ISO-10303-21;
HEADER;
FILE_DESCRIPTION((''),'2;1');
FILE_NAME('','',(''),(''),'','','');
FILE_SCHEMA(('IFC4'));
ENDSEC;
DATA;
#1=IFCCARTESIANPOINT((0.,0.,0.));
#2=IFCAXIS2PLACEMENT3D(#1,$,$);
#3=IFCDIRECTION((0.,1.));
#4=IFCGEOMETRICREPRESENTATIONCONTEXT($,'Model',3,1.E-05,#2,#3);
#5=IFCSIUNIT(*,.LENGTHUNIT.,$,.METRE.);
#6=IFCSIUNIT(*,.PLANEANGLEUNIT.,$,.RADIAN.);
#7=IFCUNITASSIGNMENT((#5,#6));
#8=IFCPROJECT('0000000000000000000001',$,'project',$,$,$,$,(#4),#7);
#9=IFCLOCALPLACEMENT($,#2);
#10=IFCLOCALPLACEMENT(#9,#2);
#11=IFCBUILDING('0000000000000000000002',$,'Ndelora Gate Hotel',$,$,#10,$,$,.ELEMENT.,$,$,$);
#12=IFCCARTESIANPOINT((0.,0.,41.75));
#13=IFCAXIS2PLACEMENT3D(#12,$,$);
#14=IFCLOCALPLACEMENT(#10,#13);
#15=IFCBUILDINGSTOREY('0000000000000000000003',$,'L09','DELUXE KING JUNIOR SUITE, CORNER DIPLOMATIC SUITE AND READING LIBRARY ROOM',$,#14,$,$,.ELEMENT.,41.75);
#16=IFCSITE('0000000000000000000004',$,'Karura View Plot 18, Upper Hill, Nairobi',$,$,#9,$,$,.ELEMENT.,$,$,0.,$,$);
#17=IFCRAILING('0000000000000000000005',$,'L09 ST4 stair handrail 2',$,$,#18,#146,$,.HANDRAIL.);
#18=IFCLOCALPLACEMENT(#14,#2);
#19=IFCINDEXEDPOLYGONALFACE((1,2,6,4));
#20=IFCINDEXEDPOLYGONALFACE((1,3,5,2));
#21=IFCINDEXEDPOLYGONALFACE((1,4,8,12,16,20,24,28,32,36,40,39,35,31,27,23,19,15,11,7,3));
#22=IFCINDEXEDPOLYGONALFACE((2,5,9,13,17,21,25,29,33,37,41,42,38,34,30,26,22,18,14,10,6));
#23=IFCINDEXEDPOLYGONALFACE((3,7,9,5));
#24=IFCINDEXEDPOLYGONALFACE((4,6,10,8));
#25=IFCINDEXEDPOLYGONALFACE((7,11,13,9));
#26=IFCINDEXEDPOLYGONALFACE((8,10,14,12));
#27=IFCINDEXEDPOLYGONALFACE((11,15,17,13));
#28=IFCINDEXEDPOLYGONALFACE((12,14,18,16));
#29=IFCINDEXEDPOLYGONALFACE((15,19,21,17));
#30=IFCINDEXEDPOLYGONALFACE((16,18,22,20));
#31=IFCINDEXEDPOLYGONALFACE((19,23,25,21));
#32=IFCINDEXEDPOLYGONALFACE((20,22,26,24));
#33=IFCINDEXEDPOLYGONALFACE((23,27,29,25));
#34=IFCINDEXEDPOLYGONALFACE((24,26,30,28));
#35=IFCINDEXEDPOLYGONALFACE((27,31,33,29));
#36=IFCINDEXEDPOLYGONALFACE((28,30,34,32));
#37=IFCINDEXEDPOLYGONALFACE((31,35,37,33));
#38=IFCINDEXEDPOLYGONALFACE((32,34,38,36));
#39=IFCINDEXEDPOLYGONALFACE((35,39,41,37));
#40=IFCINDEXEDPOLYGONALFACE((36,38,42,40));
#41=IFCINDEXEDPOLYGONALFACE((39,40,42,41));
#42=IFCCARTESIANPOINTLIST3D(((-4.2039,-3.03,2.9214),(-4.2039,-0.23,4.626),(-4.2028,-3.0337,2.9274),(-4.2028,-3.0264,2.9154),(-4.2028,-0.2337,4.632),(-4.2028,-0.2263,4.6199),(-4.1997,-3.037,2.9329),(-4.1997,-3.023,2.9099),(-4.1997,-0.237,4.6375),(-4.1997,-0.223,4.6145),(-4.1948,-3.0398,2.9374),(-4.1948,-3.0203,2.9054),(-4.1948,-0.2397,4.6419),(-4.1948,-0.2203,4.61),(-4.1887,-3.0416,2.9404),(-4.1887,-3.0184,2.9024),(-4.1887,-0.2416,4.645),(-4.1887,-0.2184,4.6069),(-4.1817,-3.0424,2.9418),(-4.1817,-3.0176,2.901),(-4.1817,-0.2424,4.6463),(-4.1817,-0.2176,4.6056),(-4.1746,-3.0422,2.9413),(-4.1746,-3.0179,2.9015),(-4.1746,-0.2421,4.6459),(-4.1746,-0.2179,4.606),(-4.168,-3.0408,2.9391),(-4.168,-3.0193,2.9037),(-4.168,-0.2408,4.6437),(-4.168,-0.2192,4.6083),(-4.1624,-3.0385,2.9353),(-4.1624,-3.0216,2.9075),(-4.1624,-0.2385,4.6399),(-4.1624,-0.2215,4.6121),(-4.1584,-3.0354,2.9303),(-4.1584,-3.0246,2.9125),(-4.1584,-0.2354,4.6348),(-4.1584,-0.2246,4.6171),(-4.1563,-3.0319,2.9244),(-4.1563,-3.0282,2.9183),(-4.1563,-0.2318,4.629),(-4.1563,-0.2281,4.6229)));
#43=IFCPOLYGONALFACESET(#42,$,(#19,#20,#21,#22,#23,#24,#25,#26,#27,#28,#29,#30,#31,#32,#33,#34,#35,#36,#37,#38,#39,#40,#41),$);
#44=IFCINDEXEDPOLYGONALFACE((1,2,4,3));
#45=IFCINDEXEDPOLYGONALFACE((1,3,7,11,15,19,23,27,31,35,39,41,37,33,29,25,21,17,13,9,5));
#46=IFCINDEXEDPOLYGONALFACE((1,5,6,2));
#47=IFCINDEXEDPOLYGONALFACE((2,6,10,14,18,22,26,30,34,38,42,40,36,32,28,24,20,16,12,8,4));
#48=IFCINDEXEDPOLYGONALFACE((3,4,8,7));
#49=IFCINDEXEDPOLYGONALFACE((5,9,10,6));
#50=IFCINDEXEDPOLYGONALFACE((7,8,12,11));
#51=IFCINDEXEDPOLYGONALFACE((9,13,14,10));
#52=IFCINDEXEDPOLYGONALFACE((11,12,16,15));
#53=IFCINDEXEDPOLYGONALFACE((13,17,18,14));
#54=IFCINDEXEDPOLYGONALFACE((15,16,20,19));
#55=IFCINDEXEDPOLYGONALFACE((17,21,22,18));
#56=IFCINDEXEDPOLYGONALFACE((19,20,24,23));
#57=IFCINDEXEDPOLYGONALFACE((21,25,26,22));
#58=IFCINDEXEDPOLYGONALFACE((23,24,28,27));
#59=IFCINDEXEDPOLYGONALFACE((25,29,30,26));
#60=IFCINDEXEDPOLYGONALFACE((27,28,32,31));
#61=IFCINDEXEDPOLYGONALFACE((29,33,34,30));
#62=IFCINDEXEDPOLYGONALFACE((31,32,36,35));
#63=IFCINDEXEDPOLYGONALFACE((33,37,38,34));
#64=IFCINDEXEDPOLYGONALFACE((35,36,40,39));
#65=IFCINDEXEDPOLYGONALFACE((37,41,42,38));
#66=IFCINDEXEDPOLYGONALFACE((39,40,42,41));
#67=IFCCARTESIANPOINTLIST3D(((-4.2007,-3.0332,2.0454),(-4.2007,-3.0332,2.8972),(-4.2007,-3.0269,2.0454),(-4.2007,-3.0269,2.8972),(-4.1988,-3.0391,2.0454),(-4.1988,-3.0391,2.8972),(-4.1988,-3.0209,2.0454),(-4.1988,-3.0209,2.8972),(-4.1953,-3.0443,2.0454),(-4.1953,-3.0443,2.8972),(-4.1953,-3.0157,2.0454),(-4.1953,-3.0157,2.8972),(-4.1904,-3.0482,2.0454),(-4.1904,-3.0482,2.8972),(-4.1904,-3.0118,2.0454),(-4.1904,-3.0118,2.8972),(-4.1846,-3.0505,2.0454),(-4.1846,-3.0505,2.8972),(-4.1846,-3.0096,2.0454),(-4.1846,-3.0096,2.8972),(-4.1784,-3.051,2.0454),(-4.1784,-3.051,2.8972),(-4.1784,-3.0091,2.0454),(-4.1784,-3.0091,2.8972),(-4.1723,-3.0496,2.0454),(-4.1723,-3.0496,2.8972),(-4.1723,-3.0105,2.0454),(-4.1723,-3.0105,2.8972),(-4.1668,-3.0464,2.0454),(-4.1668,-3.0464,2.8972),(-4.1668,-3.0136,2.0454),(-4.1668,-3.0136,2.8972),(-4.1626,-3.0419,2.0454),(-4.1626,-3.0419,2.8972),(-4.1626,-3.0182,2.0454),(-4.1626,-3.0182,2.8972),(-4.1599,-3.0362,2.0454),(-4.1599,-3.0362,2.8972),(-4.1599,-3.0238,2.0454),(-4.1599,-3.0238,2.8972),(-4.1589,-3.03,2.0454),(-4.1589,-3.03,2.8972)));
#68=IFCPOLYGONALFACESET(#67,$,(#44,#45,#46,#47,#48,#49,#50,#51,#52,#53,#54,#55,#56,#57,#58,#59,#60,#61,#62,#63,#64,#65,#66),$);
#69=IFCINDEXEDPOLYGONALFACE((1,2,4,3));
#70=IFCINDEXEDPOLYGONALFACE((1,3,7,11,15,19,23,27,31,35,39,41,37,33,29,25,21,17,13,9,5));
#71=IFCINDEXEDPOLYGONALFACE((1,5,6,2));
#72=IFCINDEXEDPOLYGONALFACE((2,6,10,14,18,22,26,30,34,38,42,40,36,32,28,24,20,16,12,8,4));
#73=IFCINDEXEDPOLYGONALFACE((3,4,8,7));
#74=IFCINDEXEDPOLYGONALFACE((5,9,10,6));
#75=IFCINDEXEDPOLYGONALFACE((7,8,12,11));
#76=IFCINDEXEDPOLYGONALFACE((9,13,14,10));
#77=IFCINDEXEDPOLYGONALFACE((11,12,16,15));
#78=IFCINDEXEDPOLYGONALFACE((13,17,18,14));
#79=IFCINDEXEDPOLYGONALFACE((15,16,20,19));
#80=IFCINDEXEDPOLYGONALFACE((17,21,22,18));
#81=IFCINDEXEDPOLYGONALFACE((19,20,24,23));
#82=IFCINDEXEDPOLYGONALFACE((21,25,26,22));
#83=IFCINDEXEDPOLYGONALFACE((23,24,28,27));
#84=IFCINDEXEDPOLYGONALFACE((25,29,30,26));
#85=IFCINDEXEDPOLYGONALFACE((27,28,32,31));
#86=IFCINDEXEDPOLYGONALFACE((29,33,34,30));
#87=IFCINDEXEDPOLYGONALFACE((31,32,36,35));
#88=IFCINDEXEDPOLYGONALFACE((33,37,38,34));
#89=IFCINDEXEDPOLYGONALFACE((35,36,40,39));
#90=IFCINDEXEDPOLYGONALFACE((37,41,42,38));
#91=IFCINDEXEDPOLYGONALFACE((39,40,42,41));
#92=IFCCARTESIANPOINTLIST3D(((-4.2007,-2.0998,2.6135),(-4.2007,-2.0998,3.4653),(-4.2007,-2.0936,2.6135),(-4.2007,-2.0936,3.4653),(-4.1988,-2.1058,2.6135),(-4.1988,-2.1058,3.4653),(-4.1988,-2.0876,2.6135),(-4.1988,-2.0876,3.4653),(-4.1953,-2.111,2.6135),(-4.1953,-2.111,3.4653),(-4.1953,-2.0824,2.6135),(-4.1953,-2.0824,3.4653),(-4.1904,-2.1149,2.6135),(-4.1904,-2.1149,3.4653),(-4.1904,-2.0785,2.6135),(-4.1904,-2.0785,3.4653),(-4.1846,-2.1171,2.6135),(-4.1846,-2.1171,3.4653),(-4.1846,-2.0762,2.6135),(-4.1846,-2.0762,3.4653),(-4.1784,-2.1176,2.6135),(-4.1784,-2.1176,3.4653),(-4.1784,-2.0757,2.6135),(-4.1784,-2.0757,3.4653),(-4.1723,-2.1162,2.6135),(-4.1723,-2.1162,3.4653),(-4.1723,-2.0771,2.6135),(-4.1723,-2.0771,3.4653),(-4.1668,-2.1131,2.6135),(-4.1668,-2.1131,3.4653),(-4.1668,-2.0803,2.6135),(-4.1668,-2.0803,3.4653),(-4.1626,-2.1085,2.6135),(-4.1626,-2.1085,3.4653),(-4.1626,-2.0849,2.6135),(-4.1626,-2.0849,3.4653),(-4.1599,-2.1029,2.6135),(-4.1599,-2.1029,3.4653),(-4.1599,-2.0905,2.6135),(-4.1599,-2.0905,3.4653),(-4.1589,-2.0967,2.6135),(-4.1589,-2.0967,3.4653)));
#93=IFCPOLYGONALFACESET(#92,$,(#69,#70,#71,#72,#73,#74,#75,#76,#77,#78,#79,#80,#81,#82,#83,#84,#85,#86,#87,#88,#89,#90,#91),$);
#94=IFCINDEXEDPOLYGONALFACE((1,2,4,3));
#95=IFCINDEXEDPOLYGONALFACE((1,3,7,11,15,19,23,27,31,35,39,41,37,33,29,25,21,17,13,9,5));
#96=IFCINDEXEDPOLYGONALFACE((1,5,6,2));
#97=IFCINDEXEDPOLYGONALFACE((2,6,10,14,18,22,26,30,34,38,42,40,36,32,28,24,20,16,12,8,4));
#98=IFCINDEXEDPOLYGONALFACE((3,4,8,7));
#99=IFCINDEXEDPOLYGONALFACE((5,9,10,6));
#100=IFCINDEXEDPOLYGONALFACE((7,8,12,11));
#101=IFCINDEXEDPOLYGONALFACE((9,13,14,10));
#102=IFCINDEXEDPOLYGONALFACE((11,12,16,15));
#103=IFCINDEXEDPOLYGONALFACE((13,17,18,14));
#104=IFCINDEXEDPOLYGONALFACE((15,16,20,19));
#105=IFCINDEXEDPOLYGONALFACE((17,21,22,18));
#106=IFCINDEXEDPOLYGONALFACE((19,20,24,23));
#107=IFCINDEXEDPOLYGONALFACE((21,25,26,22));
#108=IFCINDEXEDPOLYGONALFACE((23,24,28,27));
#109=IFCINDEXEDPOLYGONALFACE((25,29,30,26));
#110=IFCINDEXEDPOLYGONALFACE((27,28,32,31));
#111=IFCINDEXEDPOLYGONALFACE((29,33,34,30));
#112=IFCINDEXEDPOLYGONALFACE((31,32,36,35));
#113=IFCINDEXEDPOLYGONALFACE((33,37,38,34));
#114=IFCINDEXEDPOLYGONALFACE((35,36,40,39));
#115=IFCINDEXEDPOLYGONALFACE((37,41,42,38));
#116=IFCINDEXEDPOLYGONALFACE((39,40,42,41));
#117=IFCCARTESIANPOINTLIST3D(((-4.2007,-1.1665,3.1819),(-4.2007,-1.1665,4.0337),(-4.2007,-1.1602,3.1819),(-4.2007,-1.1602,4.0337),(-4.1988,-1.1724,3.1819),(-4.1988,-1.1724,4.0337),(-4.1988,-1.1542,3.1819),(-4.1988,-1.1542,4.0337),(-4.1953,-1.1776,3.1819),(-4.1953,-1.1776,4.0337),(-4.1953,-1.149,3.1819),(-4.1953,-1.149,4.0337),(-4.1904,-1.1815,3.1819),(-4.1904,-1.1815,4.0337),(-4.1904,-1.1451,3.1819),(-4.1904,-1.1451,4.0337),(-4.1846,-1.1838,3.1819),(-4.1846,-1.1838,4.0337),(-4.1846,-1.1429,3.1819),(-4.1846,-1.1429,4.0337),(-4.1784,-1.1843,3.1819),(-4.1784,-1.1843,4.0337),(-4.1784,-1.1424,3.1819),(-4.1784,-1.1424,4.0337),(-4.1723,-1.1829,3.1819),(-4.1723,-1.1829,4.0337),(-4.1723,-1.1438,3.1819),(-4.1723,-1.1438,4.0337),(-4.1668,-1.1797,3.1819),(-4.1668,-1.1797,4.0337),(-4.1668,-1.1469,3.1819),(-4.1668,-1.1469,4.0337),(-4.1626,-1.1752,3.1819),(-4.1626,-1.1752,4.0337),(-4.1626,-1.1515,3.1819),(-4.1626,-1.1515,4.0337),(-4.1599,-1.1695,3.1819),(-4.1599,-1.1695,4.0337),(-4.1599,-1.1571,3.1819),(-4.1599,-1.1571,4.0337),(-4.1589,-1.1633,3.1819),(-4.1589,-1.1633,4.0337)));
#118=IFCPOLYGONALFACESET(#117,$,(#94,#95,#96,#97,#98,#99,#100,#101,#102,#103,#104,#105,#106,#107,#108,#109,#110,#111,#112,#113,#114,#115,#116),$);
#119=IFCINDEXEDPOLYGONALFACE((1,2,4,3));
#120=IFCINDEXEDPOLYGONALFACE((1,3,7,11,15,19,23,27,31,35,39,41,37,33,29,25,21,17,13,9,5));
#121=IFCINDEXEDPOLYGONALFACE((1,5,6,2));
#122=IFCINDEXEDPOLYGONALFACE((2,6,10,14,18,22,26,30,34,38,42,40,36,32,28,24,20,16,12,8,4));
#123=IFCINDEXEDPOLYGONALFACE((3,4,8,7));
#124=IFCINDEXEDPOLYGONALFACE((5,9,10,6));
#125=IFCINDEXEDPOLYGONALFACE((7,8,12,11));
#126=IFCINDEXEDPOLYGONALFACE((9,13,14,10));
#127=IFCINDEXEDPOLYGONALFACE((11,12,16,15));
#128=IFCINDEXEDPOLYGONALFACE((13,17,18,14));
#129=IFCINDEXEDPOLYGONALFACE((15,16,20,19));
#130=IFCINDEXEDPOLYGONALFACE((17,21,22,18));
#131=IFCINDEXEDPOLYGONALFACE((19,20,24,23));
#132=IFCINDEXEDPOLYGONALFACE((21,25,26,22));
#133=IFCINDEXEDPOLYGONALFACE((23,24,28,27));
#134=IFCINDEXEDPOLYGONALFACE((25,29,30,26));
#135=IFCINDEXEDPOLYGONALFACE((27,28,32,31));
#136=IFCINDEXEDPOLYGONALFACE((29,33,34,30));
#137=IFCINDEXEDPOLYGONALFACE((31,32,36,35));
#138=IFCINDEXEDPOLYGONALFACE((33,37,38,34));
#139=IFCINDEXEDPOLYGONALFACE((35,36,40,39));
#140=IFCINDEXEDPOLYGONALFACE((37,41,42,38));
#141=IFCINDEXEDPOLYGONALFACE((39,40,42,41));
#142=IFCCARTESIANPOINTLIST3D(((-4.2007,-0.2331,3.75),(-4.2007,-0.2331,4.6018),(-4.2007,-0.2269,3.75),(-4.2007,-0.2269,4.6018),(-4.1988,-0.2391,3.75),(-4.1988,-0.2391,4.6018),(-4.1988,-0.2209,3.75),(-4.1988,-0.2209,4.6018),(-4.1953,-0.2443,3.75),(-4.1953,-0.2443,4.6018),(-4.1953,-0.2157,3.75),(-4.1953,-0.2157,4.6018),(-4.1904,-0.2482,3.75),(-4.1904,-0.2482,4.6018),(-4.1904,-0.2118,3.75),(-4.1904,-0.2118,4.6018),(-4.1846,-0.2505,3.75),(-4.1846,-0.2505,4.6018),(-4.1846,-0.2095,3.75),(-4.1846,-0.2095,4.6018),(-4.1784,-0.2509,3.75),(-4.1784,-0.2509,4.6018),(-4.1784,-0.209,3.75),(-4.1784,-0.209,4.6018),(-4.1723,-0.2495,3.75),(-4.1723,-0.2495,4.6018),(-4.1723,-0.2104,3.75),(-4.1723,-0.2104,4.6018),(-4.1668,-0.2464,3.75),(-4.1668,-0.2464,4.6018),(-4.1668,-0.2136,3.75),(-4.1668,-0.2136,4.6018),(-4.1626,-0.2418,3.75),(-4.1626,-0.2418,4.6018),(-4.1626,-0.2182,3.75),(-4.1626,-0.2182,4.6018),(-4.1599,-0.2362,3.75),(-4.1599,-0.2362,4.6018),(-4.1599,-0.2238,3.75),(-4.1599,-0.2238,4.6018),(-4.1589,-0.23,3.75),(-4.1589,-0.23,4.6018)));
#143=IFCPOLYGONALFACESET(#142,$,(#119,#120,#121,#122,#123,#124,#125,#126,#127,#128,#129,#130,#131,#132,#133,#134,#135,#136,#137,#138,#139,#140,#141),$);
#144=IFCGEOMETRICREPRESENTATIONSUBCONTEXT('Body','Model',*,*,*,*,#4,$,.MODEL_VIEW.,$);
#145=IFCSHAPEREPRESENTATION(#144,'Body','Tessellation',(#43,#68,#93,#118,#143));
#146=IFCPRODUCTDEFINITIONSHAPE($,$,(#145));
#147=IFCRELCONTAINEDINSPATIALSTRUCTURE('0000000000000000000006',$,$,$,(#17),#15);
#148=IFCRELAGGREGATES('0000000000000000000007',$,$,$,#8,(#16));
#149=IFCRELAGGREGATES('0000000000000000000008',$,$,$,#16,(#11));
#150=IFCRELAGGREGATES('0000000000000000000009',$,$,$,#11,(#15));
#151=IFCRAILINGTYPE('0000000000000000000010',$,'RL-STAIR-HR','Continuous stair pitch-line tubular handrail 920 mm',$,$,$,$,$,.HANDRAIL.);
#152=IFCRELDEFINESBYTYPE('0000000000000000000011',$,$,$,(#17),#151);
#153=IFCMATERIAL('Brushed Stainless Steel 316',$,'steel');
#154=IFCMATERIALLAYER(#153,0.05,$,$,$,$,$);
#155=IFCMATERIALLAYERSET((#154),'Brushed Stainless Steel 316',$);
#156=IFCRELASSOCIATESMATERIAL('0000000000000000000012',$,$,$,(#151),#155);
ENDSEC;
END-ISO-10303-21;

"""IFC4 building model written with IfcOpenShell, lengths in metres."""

from ifc_helpers import new_model, si_unit, direction, frame, origin, origin_2d, place, context, subcontext, project, spatial, circle, extrude, material, layer, layer_set, type_object, element, save


model = new_model("IFC4")

# Units and contexts
model_context = context("Model", 3, precision=1e-05, world=origin(), true_north=direction((0.0, 1.0)))
body_context = subcontext(model_context, "Body", "Model", "MODEL_VIEW")
ifc_project = project(units=[si_unit("LENGTHUNIT", "METRE"), si_unit("PLANEANGLEUNIT", "RADIAN")], contexts=[model_context])

# Site, building, storey
site_placement = place(None, origin())
site = spatial("IfcSite", under=ifc_project, at=site_placement, Name="Karura View Plot 18, Upper Hill, Nairobi", CompositionType="ELEMENT", RefElevation=0.0)
building_placement = place(site_placement, origin())
building = spatial("IfcBuilding", under=site, at=building_placement, Name="Ndelora Gate Hotel", CompositionType="ELEMENT")
storey_placement = place(building_placement, frame((0.0, 0.0, 41.75)))
storey = spatial("IfcBuildingStorey", under=building, at=storey_placement, Name="L09", Description="DELUXE KING JUNIOR SUITE, CORNER DIPLOMATIC SUITE AND READING LIBRARY ROOM", CompositionType="ELEMENT", Elevation=41.75)

# Railing
ifc_material_1 = material(Name="Brushed Stainless Steel 316", Category="steel")
ifc_layer_1 = layer(ifc_material_1, 0.05)
ifc_layer_set_1 = layer_set([ifc_layer_1], Name="Brushed Stainless Steel 316")
railing_type_1 = type_object("IfcRailingType", Name="RL-STAIR-HR", Description="Continuous stair pitch-line tubular handrail 920 mm", PredefinedType="HANDRAIL", material=ifc_layer_set_1)
railing_1_placement = place(storey_placement, frame((-4.1799, -3.03, 2.0454)))
element("IfcRailing", 1, at=railing_1_placement, inside=storey, type_object=railing_type_1, Name="L09 ST4 stair handrail 2", PredefinedType="HANDRAIL", context=body_context, shape_type="SweptSolid", body=[
    extrude(circle(Radius=0.0239, at=origin_2d()), frame((0.0, 0.0, 0.876), z_axis=(0.0, 0.85417, 0.519994), x_axis=(-1.0, 0.0, 0.0)), (0.0, 0.0, 1.0), 3.2781),
    extrude(circle(Radius=0.021, at=origin_2d()), origin(), (0.0, 0.0, 1.0), 0.8518),
    extrude(circle(Radius=0.021, at=origin_2d()), frame((0.0, 0.9333, 0.5681)), (0.0, 0.0, 1.0), 0.8518),
    extrude(circle(Radius=0.021, at=origin_2d()), frame((0.0, 1.8667, 1.1365)), (0.0, 0.0, 1.0), 0.8518),
    extrude(circle(Radius=0.021, at=origin_2d()), frame((0.0, 2.8, 1.7046)), (0.0, 0.0, 1.0), 0.8518),
])

save(model, "model.ifc")
